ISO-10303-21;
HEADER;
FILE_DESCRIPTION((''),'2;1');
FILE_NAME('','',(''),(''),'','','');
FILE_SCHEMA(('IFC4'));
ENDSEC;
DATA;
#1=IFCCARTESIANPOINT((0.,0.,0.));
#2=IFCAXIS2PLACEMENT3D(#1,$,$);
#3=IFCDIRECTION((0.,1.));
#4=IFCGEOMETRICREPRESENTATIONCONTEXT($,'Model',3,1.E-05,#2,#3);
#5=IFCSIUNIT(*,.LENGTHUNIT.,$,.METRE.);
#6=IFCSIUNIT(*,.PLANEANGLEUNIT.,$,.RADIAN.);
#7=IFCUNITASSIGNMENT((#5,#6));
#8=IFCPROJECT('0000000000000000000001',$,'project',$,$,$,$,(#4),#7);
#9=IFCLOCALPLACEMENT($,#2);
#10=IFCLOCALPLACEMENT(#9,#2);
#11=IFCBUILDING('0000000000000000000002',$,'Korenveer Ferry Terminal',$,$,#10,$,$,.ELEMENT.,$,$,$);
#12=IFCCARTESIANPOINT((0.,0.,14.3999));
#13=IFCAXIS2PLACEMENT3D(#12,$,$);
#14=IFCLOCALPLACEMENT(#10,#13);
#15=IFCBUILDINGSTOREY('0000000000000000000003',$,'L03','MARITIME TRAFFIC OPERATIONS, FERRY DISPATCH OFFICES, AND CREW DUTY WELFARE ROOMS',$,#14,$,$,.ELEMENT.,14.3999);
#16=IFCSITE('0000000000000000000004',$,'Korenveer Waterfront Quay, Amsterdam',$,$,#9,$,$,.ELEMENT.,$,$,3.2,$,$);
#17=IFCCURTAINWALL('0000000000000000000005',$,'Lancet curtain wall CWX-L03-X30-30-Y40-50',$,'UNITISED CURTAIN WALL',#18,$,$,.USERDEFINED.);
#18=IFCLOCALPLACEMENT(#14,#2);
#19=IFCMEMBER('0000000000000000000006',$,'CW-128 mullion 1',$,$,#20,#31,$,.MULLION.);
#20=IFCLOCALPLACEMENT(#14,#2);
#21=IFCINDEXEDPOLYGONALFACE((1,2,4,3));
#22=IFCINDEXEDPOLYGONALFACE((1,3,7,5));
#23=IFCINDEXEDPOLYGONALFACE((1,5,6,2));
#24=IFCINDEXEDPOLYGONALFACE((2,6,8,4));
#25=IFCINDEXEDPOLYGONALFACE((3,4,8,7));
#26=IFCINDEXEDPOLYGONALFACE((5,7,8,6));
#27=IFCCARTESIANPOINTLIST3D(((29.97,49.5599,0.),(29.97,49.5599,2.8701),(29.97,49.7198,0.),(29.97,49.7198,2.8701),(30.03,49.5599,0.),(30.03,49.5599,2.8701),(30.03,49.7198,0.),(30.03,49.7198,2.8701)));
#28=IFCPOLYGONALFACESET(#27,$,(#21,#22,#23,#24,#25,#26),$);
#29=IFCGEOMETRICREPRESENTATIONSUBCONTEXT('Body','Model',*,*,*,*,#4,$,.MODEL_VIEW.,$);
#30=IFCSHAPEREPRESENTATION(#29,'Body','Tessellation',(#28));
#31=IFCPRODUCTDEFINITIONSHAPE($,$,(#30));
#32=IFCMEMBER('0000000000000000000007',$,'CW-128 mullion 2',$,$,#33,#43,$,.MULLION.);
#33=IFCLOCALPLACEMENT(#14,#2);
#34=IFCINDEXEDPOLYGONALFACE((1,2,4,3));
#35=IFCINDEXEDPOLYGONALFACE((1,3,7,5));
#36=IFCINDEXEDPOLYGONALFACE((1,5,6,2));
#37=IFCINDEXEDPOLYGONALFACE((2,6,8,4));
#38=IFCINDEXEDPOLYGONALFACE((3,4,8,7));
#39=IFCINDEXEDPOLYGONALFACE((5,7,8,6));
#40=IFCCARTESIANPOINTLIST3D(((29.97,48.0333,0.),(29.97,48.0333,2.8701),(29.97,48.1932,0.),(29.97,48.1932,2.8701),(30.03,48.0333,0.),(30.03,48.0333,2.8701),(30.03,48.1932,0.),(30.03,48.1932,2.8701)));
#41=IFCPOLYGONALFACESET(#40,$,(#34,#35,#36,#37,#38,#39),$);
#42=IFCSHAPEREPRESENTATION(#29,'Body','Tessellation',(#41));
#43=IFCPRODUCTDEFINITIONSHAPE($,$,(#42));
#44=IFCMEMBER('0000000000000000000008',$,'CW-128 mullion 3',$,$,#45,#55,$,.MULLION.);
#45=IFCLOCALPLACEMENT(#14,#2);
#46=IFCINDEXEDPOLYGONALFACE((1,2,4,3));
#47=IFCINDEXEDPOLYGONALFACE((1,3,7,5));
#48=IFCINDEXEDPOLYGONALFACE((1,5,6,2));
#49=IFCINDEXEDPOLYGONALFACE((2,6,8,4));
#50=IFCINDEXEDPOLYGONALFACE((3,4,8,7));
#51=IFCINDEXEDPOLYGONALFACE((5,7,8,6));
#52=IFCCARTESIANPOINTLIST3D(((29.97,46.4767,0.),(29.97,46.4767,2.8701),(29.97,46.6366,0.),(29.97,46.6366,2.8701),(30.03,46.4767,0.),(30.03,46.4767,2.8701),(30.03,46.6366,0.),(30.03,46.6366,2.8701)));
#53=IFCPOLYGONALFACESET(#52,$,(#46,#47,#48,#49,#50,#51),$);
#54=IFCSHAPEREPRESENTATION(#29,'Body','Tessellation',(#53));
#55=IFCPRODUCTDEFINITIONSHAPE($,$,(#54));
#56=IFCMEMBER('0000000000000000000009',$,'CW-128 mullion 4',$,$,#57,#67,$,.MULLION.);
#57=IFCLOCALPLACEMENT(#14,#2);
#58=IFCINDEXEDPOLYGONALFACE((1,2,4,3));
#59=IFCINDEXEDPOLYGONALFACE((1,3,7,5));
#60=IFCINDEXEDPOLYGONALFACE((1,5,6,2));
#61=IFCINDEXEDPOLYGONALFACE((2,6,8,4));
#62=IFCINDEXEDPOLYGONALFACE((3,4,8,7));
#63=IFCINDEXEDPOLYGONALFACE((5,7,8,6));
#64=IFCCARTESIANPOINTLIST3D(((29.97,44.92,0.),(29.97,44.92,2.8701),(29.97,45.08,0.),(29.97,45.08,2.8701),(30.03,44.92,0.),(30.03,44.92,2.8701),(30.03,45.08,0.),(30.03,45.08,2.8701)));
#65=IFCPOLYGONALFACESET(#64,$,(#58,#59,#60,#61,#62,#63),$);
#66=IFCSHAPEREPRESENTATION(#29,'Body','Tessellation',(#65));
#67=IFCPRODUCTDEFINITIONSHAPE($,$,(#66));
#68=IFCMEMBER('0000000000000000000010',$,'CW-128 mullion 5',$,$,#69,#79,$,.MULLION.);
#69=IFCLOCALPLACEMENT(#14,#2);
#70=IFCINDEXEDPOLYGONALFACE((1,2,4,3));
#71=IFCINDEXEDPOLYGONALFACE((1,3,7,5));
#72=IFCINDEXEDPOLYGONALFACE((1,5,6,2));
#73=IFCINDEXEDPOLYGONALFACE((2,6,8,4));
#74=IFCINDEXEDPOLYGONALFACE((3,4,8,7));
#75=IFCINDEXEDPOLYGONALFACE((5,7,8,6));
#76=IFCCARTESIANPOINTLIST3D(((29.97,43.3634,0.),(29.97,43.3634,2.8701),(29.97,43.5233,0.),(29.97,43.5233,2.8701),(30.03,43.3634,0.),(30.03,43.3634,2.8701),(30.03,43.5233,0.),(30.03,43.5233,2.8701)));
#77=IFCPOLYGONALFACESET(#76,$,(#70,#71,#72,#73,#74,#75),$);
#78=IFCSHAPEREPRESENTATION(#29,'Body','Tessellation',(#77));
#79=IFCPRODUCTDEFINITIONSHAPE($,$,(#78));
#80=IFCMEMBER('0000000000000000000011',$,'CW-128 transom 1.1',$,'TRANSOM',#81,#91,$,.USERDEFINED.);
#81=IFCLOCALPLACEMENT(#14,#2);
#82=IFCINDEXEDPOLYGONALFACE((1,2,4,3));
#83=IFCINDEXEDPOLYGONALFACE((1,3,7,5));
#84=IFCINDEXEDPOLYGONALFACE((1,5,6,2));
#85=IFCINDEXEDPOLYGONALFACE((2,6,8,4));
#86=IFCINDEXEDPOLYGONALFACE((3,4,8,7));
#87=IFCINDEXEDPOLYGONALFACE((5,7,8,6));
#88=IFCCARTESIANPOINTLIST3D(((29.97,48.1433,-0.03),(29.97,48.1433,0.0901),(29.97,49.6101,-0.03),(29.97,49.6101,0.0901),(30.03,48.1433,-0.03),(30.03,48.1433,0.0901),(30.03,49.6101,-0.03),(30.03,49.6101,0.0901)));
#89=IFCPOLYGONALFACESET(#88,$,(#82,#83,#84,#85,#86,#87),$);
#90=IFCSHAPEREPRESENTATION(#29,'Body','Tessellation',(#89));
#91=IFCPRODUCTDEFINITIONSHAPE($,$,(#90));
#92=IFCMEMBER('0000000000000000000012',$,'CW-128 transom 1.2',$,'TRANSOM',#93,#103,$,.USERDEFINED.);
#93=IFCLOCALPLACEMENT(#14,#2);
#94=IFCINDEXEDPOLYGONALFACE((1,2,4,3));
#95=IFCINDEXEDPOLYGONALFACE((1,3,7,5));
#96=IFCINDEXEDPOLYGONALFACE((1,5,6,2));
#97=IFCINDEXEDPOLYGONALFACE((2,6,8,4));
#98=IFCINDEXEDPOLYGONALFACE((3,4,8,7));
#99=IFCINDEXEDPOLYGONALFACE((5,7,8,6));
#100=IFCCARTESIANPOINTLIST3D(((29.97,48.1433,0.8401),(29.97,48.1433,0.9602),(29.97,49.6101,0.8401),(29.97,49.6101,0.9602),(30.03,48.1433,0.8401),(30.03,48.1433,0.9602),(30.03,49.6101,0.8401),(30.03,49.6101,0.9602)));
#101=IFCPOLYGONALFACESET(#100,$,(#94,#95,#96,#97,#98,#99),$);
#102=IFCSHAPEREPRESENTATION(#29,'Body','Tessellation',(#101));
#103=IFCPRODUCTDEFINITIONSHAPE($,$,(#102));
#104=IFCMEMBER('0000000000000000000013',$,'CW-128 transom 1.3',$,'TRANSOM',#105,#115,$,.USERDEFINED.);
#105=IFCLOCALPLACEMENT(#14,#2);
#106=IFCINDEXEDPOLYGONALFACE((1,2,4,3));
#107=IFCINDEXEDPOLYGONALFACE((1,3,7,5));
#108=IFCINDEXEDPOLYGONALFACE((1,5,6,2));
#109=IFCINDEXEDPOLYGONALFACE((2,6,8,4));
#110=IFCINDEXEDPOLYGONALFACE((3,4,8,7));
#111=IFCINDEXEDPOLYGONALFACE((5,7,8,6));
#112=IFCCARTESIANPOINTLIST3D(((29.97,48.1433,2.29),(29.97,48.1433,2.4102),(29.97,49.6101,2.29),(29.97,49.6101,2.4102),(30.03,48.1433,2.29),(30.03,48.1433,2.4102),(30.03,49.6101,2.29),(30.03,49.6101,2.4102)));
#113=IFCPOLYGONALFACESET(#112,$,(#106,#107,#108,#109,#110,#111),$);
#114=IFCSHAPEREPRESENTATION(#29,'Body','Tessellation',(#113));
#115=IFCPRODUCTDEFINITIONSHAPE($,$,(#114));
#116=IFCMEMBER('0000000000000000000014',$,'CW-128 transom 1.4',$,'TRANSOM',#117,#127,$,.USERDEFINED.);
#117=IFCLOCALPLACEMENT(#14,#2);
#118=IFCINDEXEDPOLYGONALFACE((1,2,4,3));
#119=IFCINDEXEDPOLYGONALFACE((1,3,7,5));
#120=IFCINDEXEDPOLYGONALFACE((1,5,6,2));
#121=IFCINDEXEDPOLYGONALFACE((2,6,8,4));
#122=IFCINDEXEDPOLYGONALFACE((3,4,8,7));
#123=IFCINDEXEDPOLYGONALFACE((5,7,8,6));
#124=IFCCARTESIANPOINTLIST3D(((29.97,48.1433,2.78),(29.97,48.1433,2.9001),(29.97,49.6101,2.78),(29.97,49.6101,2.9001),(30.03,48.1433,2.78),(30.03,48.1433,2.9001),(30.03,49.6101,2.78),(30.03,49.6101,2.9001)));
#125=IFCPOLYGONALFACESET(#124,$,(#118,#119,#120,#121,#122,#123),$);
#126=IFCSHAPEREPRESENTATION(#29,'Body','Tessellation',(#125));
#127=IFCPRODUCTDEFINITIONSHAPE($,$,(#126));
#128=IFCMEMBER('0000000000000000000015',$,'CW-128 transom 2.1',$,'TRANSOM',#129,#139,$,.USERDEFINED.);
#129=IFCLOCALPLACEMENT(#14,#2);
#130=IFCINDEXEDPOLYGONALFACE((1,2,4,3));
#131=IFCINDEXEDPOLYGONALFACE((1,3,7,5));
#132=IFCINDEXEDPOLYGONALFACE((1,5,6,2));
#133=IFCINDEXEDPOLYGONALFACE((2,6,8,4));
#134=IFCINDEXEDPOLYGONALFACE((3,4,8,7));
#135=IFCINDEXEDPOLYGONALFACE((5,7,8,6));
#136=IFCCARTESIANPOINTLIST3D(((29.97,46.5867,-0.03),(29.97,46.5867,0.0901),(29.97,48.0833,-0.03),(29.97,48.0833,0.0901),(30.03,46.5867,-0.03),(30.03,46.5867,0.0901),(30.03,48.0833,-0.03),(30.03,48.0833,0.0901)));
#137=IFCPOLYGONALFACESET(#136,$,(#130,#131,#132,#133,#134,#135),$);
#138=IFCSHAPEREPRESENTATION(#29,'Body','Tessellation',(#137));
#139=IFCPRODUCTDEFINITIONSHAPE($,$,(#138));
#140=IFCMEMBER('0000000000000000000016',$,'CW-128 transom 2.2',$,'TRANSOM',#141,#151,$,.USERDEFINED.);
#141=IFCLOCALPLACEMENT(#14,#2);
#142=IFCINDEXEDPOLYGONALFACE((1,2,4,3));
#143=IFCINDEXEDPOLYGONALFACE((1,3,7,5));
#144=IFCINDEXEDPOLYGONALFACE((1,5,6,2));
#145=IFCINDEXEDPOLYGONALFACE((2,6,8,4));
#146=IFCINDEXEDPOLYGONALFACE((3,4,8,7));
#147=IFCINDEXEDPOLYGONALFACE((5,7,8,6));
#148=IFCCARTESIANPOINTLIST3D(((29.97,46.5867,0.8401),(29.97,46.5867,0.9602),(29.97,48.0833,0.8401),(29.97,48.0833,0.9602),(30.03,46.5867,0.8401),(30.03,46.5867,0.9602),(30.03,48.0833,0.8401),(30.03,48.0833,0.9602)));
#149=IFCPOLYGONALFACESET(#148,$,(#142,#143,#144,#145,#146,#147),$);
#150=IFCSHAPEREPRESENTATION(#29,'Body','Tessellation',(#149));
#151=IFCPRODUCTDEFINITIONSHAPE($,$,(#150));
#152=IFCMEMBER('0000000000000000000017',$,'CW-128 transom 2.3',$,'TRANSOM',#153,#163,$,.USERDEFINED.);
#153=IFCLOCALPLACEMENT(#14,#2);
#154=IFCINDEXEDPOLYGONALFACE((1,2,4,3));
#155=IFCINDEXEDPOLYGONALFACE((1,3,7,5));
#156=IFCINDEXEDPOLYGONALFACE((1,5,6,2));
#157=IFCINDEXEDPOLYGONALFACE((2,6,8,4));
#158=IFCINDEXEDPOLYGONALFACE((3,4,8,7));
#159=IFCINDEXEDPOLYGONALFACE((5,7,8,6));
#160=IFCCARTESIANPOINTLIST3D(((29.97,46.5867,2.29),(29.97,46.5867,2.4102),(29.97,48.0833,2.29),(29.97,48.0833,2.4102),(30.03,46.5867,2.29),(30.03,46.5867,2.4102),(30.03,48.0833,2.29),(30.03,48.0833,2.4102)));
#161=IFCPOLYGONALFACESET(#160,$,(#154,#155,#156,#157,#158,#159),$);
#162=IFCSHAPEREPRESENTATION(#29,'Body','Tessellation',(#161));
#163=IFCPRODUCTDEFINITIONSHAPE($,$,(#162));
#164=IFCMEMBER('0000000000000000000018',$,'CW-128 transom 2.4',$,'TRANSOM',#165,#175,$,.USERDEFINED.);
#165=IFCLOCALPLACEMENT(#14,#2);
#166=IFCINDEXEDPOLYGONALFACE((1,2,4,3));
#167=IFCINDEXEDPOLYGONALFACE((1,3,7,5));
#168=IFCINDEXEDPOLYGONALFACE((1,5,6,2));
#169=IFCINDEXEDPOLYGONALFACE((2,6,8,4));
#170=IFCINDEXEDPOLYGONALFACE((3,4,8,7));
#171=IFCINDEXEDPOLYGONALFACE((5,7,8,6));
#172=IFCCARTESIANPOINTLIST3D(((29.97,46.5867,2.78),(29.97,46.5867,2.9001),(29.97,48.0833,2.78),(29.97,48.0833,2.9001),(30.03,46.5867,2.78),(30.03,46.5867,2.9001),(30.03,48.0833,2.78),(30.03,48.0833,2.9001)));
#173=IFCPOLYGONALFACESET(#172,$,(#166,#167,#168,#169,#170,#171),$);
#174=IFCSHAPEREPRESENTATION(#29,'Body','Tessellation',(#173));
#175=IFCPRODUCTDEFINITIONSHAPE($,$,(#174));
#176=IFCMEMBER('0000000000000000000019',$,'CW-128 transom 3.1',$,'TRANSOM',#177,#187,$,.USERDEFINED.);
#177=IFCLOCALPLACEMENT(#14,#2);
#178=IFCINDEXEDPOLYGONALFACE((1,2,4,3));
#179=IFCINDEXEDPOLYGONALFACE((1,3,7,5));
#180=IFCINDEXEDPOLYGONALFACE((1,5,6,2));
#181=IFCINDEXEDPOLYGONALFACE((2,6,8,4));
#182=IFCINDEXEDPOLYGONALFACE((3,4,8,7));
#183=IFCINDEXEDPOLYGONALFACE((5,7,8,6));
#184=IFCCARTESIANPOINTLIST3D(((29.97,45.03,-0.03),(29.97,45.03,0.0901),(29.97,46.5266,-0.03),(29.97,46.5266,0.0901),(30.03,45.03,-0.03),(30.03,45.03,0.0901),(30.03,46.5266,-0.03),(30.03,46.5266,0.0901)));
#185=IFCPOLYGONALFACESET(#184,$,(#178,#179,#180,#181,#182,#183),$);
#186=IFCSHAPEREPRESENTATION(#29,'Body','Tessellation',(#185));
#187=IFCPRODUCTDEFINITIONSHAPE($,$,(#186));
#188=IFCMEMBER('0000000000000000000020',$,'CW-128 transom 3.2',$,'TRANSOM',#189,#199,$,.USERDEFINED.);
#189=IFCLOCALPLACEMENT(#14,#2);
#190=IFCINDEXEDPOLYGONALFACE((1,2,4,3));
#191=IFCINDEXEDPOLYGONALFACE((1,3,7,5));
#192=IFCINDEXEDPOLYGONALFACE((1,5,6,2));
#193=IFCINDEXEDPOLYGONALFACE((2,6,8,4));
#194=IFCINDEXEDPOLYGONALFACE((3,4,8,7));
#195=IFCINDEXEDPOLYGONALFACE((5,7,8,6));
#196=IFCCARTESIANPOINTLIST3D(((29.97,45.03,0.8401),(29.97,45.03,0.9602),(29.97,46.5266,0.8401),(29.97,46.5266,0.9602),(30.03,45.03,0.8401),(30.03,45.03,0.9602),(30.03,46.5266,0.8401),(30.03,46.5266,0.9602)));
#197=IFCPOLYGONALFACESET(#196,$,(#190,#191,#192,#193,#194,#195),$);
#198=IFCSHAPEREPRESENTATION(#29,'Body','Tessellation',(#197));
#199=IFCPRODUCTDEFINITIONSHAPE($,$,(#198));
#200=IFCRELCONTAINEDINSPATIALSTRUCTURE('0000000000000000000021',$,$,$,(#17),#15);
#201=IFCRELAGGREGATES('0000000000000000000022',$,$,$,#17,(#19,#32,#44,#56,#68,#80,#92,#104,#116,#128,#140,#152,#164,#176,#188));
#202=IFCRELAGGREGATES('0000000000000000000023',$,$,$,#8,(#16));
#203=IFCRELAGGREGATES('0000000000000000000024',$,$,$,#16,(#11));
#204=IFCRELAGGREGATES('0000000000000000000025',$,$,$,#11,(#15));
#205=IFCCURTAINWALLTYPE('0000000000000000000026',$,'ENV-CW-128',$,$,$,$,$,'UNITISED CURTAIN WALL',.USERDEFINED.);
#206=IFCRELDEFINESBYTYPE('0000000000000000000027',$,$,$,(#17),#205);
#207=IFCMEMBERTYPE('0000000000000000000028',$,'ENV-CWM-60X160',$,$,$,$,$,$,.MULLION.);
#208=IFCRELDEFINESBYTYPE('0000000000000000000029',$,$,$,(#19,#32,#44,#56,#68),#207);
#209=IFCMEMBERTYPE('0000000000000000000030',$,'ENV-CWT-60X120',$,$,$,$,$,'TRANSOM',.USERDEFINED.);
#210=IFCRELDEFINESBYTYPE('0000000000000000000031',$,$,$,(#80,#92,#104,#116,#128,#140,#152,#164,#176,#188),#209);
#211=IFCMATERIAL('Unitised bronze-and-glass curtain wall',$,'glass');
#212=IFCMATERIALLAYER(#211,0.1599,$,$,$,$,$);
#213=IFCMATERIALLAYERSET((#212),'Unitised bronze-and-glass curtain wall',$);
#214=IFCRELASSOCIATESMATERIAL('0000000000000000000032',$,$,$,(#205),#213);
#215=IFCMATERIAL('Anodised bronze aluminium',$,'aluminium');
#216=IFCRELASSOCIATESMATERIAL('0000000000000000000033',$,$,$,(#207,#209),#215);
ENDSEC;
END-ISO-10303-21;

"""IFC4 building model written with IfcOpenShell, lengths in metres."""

from ifc_helpers import new_model, si_unit, direction, frame, origin, origin_2d, place, context, subcontext, project, spatial, rectangle, extrude, material, layer, layer_set, material_profile, profile_set, type_object, element, aggregate, save


model = new_model("IFC4")

# Units and contexts
model_context = context("Model", 3, precision=1e-05, world=origin(), true_north=direction((0.0, 1.0)))
body_context = subcontext(model_context, "Body", "Model", "MODEL_VIEW")
ifc_project = project(units=[si_unit("LENGTHUNIT", "METRE"), si_unit("PLANEANGLEUNIT", "RADIAN")], contexts=[model_context])

# Site, building, storey
site_placement = place(None, origin())
site = spatial("IfcSite", under=ifc_project, at=site_placement, Name="Korenveer Waterfront Quay, Amsterdam", CompositionType="ELEMENT", RefElevation=3.2)
building_placement = place(site_placement, origin())
building = spatial("IfcBuilding", under=site, at=building_placement, Name="Korenveer Ferry Terminal", CompositionType="ELEMENT")
storey_placement = place(building_placement, frame((0.0, 0.0, 14.3999)))
storey = spatial("IfcBuildingStorey", under=building, at=storey_placement, Name="L03", Description="MARITIME TRAFFIC OPERATIONS, FERRY DISPATCH OFFICES, AND CREW DUTY WELFARE ROOMS", CompositionType="ELEMENT", Elevation=14.3999)

# Curtain wall, members
ifc_material_1 = material(Name="Unitised bronze-and-glass curtain wall", Category="glass")
ifc_layer_1 = layer(ifc_material_1, 0.1599)
ifc_layer_set_1 = layer_set([ifc_layer_1], Name="Unitised bronze-and-glass curtain wall")
curtain_wall_type = type_object("IfcCurtainWallType", Name="ENV-CW-128", ElementType="UNITISED CURTAIN WALL", PredefinedType="USERDEFINED", material=ifc_layer_set_1)
curtain_wall_placement = place(storey_placement, frame((30.0, 49.6699, 0.0)))
curtain_wall = element("IfcCurtainWall", 1, at=curtain_wall_placement, inside=storey, type_object=curtain_wall_type, Name="Lancet curtain wall CWX-L03-X30-30-Y40-50", ObjectType="UNITISED CURTAIN WALL", PredefinedType="USERDEFINED")
ifc_material_2 = material(Name="Anodised bronze aluminium", Category="aluminium")
ifc_material_profile_1 = material_profile(ifc_material_2, rectangle(XDim=0.0601, YDim=0.1599, at=origin_2d()), Name="ALU 60x160")
ifc_profile_set_1 = profile_set([ifc_material_profile_1], Name="Anodised bronze aluminium")
member_type_1 = type_object("IfcMemberType", Name="ENV-CWM-60X160", PredefinedType="MULLION", material=ifc_profile_set_1)
member_1_placement = place(storey_placement, frame((30.0, 49.6399, 0.0), z_axis=(0.0, 0.0, 1.0), x_axis=(1.0, 0.0, 0.0)))
member_1 = element("IfcMember", 2, at=member_1_placement, type_object=member_type_1, Name="CW-128 mullion 1", PredefinedType="MULLION", context=body_context, shape_type="SweptSolid", body=[
    extrude(rectangle(XDim=0.0601, YDim=0.1599, at=origin_2d()), origin(), (0.0, 0.0, 1.0), 2.8701),
])
member_2_placement = place(storey_placement, frame((30.0, 48.1133, 0.0), z_axis=(0.0, 0.0, 1.0), x_axis=(1.0, 0.0, 0.0)))
member_2 = element("IfcMember", 3, at=member_2_placement, type_object=member_type_1, Name="CW-128 mullion 2", PredefinedType="MULLION", context=body_context, shape_type="SweptSolid", body=[
    extrude(rectangle(XDim=0.0601, YDim=0.1599, at=origin_2d()), origin(), (0.0, 0.0, 1.0), 2.8701),
])
member_3_placement = place(storey_placement, frame((30.0, 46.5566, 0.0), z_axis=(0.0, 0.0, 1.0), x_axis=(1.0, 0.0, 0.0)))
member_3 = element("IfcMember", 4, at=member_3_placement, type_object=member_type_1, Name="CW-128 mullion 3", PredefinedType="MULLION", context=body_context, shape_type="SweptSolid", body=[
    extrude(rectangle(XDim=0.0601, YDim=0.1599, at=origin_2d()), origin(), (0.0, 0.0, 1.0), 2.8701),
])
member_4_placement = place(storey_placement, frame((30.0, 45.0, 0.0), z_axis=(0.0, 0.0, 1.0), x_axis=(1.0, 0.0, 0.0)))
member_4 = element("IfcMember", 5, at=member_4_placement, type_object=member_type_1, Name="CW-128 mullion 4", PredefinedType="MULLION", context=body_context, shape_type="SweptSolid", body=[
    extrude(rectangle(XDim=0.0601, YDim=0.1599, at=origin_2d()), origin(), (0.0, 0.0, 1.0), 2.8701),
])
member_5_placement = place(storey_placement, frame((30.0, 43.4434, 0.0), z_axis=(0.0, 0.0, 1.0), x_axis=(1.0, 0.0, 0.0)))
member_5 = element("IfcMember", 6, at=member_5_placement, type_object=member_type_1, Name="CW-128 mullion 5", PredefinedType="MULLION", context=body_context, shape_type="SweptSolid", body=[
    extrude(rectangle(XDim=0.0601, YDim=0.1599, at=origin_2d()), origin(), (0.0, 0.0, 1.0), 2.8701),
])
ifc_material_profile_2 = material_profile(ifc_material_2, rectangle(XDim=0.0601, YDim=0.1201, at=origin_2d()), Name="ALU 60x120")
ifc_profile_set_2 = profile_set([ifc_material_profile_2], Name="Anodised bronze aluminium")
member_type_2 = type_object("IfcMemberType", Name="ENV-CWT-60X120", ElementType="TRANSOM", PredefinedType="USERDEFINED", material=ifc_profile_set_2)
member_6_placement = place(storey_placement, frame((30.0, 49.6101, 0.03), z_axis=(0.0, -1.0, 0.0), x_axis=(1.0, 0.0, 0.0)))
member_6 = element("IfcMember", 7, at=member_6_placement, type_object=member_type_2, Name="CW-128 transom 1.1", ObjectType="TRANSOM", PredefinedType="USERDEFINED", context=body_context, shape_type="SweptSolid", body=[
    extrude(rectangle(XDim=0.0601, YDim=0.1201, at=origin_2d()), origin(), (0.0, 0.0, 1.0), 1.4668),
])
member_7_placement = place(storey_placement, frame((30.0, 49.6101, 0.9001), z_axis=(0.0, -1.0, 0.0), x_axis=(1.0, 0.0, 0.0)))
member_7 = element("IfcMember", 8, at=member_7_placement, type_object=member_type_2, Name="CW-128 transom 1.2", ObjectType="TRANSOM", PredefinedType="USERDEFINED", context=body_context, shape_type="SweptSolid", body=[
    extrude(rectangle(XDim=0.0601, YDim=0.1201, at=origin_2d()), origin(), (0.0, 0.0, 1.0), 1.4668),
])
member_8_placement = place(storey_placement, frame((30.0, 49.6101, 2.3501), z_axis=(0.0, -1.0, 0.0), x_axis=(1.0, 0.0, 0.0)))
member_8 = element("IfcMember", 9, at=member_8_placement, type_object=member_type_2, Name="CW-128 transom 1.3", ObjectType="TRANSOM", PredefinedType="USERDEFINED", context=body_context, shape_type="SweptSolid", body=[
    extrude(rectangle(XDim=0.0601, YDim=0.1201, at=origin_2d()), origin(), (0.0, 0.0, 1.0), 1.4668),
])
member_9_placement = place(storey_placement, frame((30.0, 49.6101, 2.8401), z_axis=(0.0, -1.0, 0.0), x_axis=(1.0, 0.0, 0.0)))
member_9 = element("IfcMember", 10, at=member_9_placement, type_object=member_type_2, Name="CW-128 transom 1.4", ObjectType="TRANSOM", PredefinedType="USERDEFINED", context=body_context, shape_type="SweptSolid", body=[
    extrude(rectangle(XDim=0.0601, YDim=0.1201, at=origin_2d()), origin(), (0.0, 0.0, 1.0), 1.4668),
])
member_10_placement = place(storey_placement, frame((30.0, 48.0833, 0.03), z_axis=(0.0, -1.0, 0.0), x_axis=(1.0, 0.0, 0.0)))
member_10 = element("IfcMember", 11, at=member_10_placement, type_object=member_type_2, Name="CW-128 transom 2.1", ObjectType="TRANSOM", PredefinedType="USERDEFINED", context=body_context, shape_type="SweptSolid", body=[
    extrude(rectangle(XDim=0.0601, YDim=0.1201, at=origin_2d()), origin(), (0.0, 0.0, 1.0), 1.4966),
])
member_11_placement = place(storey_placement, frame((30.0, 48.0833, 0.9001), z_axis=(0.0, -1.0, 0.0), x_axis=(1.0, 0.0, 0.0)))
member_11 = element("IfcMember", 12, at=member_11_placement, type_object=member_type_2, Name="CW-128 transom 2.2", ObjectType="TRANSOM", PredefinedType="USERDEFINED", context=body_context, shape_type="SweptSolid", body=[
    extrude(rectangle(XDim=0.0601, YDim=0.1201, at=origin_2d()), origin(), (0.0, 0.0, 1.0), 1.4966),
])
member_12_placement = place(storey_placement, frame((30.0, 48.0833, 2.3501), z_axis=(0.0, -1.0, 0.0), x_axis=(1.0, 0.0, 0.0)))
member_12 = element("IfcMember", 13, at=member_12_placement, type_object=member_type_2, Name="CW-128 transom 2.3", ObjectType="TRANSOM", PredefinedType="USERDEFINED", context=body_context, shape_type="SweptSolid", body=[
    extrude(rectangle(XDim=0.0601, YDim=0.1201, at=origin_2d()), origin(), (0.0, 0.0, 1.0), 1.4966),
])
member_13_placement = place(storey_placement, frame((30.0, 48.0833, 2.8401), z_axis=(0.0, -1.0, 0.0), x_axis=(1.0, 0.0, 0.0)))
member_13 = element("IfcMember", 14, at=member_13_placement, type_object=member_type_2, Name="CW-128 transom 2.4", ObjectType="TRANSOM", PredefinedType="USERDEFINED", context=body_context, shape_type="SweptSolid", body=[
    extrude(rectangle(XDim=0.0601, YDim=0.1201, at=origin_2d()), origin(), (0.0, 0.0, 1.0), 1.4966),
])
member_14_placement = place(storey_placement, frame((30.0, 46.5266, 0.03), z_axis=(0.0, -1.0, 0.0), x_axis=(1.0, 0.0, 0.0)))
member_14 = element("IfcMember", 15, at=member_14_placement, type_object=member_type_2, Name="CW-128 transom 3.1", ObjectType="TRANSOM", PredefinedType="USERDEFINED", context=body_context, shape_type="SweptSolid", body=[
    extrude(rectangle(XDim=0.0601, YDim=0.1201, at=origin_2d()), origin(), (0.0, 0.0, 1.0), 1.4966),
])
member_15_placement = place(storey_placement, frame((30.0, 46.5266, 0.9001), z_axis=(0.0, -1.0, 0.0), x_axis=(1.0, 0.0, 0.0)))
member_15 = element("IfcMember", 16, at=member_15_placement, type_object=member_type_2, Name="CW-128 transom 3.2", ObjectType="TRANSOM", PredefinedType="USERDEFINED", context=body_context, shape_type="SweptSolid", body=[
    extrude(rectangle(XDim=0.0601, YDim=0.1201, at=origin_2d()), origin(), (0.0, 0.0, 1.0), 1.4966),
])
aggregate(curtain_wall, [member_1, member_2, member_3, member_4, member_5, member_6, member_7, member_8, member_9, member_10, member_11, member_12, member_13, member_14, member_15])

save(model, "model.ifc")
